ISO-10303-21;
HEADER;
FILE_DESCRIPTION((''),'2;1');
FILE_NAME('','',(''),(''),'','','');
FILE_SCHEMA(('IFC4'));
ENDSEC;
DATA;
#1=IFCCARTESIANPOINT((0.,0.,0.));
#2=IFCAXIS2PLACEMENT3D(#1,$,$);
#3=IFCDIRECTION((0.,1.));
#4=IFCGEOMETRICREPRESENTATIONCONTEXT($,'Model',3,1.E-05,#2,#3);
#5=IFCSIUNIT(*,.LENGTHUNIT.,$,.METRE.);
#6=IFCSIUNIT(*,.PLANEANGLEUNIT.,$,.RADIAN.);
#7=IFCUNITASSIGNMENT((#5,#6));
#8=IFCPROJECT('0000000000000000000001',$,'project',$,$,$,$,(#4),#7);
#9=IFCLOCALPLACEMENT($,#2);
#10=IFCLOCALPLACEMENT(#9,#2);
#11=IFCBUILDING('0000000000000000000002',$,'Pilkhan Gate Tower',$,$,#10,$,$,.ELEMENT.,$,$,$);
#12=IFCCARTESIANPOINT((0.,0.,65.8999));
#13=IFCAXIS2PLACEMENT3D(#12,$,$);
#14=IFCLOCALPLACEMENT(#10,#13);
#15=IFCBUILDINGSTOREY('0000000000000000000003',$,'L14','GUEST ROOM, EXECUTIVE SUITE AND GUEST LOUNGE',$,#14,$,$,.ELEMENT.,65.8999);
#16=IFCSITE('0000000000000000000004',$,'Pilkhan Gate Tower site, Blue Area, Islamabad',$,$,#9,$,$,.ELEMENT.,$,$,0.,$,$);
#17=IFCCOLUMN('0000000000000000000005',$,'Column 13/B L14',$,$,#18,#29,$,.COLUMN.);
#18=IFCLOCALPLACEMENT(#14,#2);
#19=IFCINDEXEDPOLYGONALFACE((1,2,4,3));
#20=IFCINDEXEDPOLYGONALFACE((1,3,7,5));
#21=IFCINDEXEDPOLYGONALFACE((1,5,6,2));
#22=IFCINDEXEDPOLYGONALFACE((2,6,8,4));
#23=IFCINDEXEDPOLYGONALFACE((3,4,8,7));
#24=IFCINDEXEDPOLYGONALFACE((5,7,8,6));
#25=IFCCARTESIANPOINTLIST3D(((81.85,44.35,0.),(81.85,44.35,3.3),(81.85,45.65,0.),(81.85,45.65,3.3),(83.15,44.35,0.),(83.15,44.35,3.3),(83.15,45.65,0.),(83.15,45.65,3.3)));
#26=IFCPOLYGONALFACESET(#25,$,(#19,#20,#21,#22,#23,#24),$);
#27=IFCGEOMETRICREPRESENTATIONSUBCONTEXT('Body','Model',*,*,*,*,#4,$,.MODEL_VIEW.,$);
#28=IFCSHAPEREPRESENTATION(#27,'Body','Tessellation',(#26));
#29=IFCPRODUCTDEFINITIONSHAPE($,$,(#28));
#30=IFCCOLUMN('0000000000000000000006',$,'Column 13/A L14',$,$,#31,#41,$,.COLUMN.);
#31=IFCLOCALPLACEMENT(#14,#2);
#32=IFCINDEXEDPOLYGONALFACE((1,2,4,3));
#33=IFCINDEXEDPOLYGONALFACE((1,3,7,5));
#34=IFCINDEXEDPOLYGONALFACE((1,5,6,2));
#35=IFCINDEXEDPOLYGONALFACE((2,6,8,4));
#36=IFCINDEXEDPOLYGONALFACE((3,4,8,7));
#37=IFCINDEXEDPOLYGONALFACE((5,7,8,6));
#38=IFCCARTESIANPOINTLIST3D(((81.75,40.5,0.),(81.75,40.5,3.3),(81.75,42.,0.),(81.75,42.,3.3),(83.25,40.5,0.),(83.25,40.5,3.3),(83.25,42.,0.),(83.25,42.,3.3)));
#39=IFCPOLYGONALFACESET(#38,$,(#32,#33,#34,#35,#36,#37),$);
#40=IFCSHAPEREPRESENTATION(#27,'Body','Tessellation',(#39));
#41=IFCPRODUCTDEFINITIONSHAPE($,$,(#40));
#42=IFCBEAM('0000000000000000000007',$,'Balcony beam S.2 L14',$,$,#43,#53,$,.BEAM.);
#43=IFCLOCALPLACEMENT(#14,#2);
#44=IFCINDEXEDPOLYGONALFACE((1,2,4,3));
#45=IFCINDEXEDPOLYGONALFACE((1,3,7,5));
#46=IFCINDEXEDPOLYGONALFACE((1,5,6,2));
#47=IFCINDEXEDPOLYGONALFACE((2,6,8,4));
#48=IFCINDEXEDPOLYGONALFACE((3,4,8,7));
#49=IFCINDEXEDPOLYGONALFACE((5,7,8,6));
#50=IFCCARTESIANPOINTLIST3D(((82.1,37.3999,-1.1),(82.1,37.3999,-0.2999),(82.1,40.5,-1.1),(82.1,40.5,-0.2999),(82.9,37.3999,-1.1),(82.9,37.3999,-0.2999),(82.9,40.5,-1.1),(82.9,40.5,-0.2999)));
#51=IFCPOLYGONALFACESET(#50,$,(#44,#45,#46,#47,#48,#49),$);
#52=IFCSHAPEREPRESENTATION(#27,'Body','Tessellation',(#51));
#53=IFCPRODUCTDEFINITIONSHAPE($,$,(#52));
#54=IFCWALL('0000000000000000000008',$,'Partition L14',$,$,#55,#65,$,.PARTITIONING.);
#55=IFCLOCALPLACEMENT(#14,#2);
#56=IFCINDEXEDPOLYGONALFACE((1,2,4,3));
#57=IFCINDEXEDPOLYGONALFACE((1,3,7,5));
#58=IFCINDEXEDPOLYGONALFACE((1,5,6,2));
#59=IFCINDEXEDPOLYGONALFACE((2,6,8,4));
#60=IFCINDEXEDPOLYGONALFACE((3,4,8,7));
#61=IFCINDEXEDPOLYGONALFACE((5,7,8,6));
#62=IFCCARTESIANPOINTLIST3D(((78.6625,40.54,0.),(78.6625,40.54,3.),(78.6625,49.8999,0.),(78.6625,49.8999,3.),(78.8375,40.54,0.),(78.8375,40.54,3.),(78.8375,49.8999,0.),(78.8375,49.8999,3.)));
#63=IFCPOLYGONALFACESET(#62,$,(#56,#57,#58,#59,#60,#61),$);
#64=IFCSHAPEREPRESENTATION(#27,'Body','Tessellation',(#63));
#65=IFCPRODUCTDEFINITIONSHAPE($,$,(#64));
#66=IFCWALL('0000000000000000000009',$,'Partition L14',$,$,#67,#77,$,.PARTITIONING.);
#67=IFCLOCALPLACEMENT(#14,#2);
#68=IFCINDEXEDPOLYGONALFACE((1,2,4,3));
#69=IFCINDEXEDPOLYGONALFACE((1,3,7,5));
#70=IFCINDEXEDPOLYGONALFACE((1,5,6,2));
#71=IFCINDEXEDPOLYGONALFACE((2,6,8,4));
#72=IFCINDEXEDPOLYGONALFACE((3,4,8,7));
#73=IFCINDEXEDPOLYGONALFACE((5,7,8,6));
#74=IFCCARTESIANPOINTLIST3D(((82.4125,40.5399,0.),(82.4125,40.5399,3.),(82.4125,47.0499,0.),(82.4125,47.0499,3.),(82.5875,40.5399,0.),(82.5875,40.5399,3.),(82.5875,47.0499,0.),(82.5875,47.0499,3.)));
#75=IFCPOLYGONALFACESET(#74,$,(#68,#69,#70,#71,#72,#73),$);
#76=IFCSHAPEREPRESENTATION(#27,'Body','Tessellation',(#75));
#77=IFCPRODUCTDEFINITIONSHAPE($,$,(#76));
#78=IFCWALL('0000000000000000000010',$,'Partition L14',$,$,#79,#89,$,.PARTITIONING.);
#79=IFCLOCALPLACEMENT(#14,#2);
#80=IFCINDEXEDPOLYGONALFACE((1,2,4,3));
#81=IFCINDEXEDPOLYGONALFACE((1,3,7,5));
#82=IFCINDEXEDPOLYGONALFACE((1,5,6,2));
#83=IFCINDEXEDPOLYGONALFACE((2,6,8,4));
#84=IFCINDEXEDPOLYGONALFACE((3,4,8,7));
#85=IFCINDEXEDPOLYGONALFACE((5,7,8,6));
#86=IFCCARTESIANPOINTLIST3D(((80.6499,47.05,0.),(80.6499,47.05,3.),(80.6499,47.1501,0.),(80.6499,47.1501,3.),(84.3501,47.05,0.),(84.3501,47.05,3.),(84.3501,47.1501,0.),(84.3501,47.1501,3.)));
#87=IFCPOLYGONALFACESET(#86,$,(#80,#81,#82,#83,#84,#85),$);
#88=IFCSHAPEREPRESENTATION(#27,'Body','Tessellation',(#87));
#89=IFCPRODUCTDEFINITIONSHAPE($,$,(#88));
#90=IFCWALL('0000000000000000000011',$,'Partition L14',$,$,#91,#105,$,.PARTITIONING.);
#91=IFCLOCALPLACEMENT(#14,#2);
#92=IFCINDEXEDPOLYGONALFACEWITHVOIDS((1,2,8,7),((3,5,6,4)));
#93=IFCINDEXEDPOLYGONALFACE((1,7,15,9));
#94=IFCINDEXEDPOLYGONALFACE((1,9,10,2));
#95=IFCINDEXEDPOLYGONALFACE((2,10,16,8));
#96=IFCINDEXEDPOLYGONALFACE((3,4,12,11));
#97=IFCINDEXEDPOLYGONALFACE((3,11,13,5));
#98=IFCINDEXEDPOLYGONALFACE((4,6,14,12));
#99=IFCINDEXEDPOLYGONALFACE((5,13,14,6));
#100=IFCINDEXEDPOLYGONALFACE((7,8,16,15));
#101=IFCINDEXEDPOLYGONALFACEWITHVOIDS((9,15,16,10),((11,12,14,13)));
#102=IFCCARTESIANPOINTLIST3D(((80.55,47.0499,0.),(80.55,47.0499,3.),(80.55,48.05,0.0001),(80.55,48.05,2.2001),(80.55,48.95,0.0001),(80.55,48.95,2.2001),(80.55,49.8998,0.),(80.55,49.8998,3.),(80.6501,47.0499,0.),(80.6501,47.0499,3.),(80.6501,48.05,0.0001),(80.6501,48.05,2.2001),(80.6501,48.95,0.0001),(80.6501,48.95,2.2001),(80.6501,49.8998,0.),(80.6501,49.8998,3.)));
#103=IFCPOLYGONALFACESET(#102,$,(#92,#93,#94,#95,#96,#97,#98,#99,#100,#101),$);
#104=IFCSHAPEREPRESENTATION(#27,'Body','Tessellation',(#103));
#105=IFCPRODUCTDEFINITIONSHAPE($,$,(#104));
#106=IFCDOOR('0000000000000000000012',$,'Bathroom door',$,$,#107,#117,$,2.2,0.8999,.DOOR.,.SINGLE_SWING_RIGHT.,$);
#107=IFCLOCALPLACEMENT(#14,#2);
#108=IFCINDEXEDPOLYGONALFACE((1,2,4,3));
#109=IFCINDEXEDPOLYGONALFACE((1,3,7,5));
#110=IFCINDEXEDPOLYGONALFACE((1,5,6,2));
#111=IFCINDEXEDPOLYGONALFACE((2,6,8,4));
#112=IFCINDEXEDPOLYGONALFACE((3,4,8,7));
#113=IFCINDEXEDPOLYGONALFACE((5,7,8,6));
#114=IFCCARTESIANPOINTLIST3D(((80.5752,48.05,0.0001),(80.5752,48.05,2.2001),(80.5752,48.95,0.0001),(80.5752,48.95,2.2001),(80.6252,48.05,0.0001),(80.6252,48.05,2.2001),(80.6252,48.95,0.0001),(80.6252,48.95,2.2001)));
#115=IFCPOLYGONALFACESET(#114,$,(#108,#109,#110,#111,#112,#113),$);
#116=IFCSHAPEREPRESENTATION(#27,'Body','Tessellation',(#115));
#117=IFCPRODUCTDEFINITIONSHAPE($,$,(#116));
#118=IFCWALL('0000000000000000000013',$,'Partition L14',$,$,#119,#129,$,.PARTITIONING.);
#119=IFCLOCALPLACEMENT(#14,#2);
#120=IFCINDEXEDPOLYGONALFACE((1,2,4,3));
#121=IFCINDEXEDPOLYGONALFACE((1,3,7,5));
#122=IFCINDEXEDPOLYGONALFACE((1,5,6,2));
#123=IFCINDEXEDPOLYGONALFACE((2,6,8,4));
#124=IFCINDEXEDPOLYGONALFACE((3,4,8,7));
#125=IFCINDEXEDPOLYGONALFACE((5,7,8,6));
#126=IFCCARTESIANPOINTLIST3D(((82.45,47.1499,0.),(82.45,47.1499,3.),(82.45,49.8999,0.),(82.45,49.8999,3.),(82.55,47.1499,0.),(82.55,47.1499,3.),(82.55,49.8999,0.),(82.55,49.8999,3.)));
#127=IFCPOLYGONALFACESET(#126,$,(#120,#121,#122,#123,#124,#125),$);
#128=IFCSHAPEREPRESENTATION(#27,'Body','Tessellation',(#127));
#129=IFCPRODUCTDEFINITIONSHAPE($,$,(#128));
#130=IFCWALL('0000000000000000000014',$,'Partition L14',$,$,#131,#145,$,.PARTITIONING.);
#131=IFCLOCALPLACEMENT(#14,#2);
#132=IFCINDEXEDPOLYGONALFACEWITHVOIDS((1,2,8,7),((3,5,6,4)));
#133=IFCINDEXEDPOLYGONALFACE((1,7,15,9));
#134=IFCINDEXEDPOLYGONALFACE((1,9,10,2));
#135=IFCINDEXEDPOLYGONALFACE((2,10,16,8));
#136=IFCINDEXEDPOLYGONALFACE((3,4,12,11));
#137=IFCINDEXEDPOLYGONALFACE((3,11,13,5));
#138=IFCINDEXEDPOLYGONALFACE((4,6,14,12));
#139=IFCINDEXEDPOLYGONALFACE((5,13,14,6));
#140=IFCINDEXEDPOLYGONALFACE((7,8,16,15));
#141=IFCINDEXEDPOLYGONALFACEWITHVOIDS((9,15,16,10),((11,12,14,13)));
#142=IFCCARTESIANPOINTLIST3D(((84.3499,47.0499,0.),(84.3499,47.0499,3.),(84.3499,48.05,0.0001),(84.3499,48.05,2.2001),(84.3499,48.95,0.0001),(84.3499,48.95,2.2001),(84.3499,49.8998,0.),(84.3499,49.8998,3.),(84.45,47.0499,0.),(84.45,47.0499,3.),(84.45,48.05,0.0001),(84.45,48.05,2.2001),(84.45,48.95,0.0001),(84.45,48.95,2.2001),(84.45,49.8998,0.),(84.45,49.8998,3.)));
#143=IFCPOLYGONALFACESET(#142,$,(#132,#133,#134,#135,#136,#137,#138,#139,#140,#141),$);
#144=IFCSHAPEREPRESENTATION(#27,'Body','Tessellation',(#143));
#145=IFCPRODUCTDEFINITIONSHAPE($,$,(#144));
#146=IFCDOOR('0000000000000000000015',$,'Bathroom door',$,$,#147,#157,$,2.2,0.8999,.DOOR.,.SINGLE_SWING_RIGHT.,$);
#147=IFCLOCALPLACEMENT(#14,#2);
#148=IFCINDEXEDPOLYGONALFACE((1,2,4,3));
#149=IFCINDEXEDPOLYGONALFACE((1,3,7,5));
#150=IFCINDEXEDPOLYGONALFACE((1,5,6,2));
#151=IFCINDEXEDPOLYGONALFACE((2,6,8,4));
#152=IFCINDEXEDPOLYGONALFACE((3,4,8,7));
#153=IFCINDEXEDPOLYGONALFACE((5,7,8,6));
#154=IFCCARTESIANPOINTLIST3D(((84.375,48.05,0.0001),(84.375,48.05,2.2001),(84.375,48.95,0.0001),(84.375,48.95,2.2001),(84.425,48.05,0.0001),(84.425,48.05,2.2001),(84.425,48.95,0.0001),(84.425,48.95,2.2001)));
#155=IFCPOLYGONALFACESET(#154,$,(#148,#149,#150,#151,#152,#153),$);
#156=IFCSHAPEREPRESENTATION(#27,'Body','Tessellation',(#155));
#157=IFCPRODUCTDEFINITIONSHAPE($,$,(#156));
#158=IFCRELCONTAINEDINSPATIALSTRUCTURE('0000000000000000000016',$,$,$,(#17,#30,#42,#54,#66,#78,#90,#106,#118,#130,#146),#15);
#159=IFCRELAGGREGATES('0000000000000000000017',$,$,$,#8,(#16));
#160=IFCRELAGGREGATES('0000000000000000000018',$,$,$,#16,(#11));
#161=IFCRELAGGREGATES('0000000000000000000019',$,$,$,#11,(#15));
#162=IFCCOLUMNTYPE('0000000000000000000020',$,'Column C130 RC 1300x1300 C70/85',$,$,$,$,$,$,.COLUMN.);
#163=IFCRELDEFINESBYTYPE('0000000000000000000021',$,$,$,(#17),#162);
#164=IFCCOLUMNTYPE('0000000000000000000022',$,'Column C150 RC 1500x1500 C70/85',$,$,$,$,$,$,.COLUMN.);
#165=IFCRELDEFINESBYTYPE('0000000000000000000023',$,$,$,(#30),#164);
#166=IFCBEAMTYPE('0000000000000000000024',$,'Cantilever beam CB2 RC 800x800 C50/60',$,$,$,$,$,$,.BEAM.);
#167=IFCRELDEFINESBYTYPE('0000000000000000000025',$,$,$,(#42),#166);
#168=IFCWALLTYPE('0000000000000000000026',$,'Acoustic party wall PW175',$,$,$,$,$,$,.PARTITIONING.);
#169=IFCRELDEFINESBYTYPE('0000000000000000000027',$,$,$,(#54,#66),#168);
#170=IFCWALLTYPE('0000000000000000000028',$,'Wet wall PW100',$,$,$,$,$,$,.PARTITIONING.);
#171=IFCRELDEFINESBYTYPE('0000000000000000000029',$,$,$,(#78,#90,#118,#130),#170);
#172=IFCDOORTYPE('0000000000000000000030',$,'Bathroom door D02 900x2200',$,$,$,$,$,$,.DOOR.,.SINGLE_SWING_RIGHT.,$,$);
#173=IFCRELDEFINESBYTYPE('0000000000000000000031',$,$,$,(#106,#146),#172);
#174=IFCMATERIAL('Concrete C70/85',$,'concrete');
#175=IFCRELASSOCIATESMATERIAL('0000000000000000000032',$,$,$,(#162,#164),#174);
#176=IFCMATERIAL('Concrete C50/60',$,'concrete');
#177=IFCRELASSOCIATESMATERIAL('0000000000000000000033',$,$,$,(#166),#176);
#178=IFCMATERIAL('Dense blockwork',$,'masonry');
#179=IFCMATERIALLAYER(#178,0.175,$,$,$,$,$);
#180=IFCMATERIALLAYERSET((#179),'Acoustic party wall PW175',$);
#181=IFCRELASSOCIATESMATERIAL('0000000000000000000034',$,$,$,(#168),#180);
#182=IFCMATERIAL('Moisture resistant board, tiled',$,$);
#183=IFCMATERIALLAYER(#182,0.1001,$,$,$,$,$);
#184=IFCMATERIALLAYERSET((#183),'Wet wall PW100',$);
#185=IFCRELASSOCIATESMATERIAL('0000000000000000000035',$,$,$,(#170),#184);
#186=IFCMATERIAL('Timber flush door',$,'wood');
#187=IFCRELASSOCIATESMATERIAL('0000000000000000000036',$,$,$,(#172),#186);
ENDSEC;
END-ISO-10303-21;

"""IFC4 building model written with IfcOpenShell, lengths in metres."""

from ifc_helpers import new_model, si_unit, direction, frame, frame_2d, origin, origin_2d, place, context, subcontext, project, spatial, rectangle, extrude, material, layer, layer_set, material_profile, profile_set, type_object, element, fill, save


model = new_model("IFC4")

# Units and contexts
model_context = context("Model", 3, precision=1e-05, world=origin(), true_north=direction((0.0, 1.0)))
body_context = subcontext(model_context, "Body", "Model", "MODEL_VIEW")
ifc_project = project(units=[si_unit("LENGTHUNIT", "METRE"), si_unit("PLANEANGLEUNIT", "RADIAN")], contexts=[model_context])

# Site, building, storey
site_placement = place(None, origin())
site = spatial("IfcSite", under=ifc_project, at=site_placement, Name="Pilkhan Gate Tower site, Blue Area, Islamabad", CompositionType="ELEMENT", RefElevation=0.0)
building_placement = place(site_placement, origin())
building = spatial("IfcBuilding", under=site, at=building_placement, Name="Pilkhan Gate Tower", CompositionType="ELEMENT")
storey_placement = place(building_placement, frame((0.0, 0.0, 65.8999)))
storey = spatial("IfcBuildingStorey", under=building, at=storey_placement, Name="L14", Description="GUEST ROOM, EXECUTIVE SUITE AND GUEST LOUNGE", CompositionType="ELEMENT", Elevation=65.8999)

# Columns
ifc_material_1 = material(Name="Concrete C70/85", Category="concrete")
ifc_material_profile_1 = material_profile(ifc_material_1, rectangle(XDim=1.3, YDim=1.3, at=origin_2d()), Name="RC 1300x1300")
ifc_profile_set_1 = profile_set([ifc_material_profile_1], Name="Concrete C70/85")
column_type_1 = type_object("IfcColumnType", Name="Column C130 RC 1300x1300 C70/85", PredefinedType="COLUMN", material=ifc_profile_set_1)
column_1_placement = place(storey_placement, frame((82.5, 45.0, 0.0), z_axis=(0.0, 0.0, 1.0), x_axis=(1.0, 0.0, 0.0)))
element("IfcColumn", 1, at=column_1_placement, inside=storey, type_object=column_type_1, Name="Column 13/B L14", PredefinedType="COLUMN", context=body_context, shape_type="SweptSolid", body=[
    extrude(rectangle(XDim=1.3, YDim=1.3, at=origin_2d()), origin(), (0.0, 0.0, 1.0), 3.3),
])
ifc_material_profile_2 = material_profile(ifc_material_1, rectangle(XDim=1.5, YDim=1.5, at=origin_2d()), Name="RC 1500x1500")
ifc_profile_set_2 = profile_set([ifc_material_profile_2], Name="Concrete C70/85")
column_type_2 = type_object("IfcColumnType", Name="Column C150 RC 1500x1500 C70/85", PredefinedType="COLUMN", material=ifc_profile_set_2)
column_2_placement = place(storey_placement, frame((82.5, 41.25, 0.0), z_axis=(0.0, 0.0, 1.0), x_axis=(1.0, 0.0, 0.0)))
element("IfcColumn", 2, at=column_2_placement, inside=storey, type_object=column_type_2, Name="Column 13/A L14", PredefinedType="COLUMN", context=body_context, shape_type="SweptSolid", body=[
    extrude(rectangle(XDim=1.5, YDim=1.5, at=origin_2d()), origin(), (0.0, 0.0, 1.0), 3.3),
])

# Beam
ifc_material_2 = material(Name="Concrete C50/60", Category="concrete")
ifc_material_profile_3 = material_profile(ifc_material_2, rectangle(XDim=0.8, YDim=0.8, at=origin_2d()), Name="RC 800x800")
ifc_profile_set_3 = profile_set([ifc_material_profile_3], Name="Concrete C50/60")
beam_type = type_object("IfcBeamType", Name="Cantilever beam CB2 RC 800x800 C50/60", PredefinedType="BEAM", material=ifc_profile_set_3)
beam_placement = place(storey_placement, frame((82.5, 40.5, -0.7), z_axis=(0.0, -1.0, 0.0), x_axis=(1.0, 0.0, 0.0)))
element("IfcBeam", 3, at=beam_placement, inside=storey, type_object=beam_type, Name="Balcony beam S.2 L14", PredefinedType="BEAM", context=body_context, shape_type="SweptSolid", body=[
    extrude(rectangle(XDim=0.8, YDim=0.8, at=origin_2d()), origin(), (0.0, 0.0, 1.0), 3.1001),
])

# Walls
ifc_material_3 = material(Name="Dense blockwork", Category="masonry")
ifc_layer_1 = layer(ifc_material_3, 0.175)
ifc_layer_set_1 = layer_set([ifc_layer_1], Name="Acoustic party wall PW175")
wall_type_1 = type_object("IfcWallType", Name="Acoustic party wall PW175", PredefinedType="PARTITIONING", material=ifc_layer_set_1)
wall_1_placement = place(storey_placement, frame((78.75, 40.54, 0.0), z_axis=(0.0, 0.0, 1.0), x_axis=(0.0, 1.0, 0.0)))
element("IfcWall", 4, at=wall_1_placement, inside=storey, type_object=wall_type_1, Name="Partition L14", PredefinedType="PARTITIONING", context=body_context, shape_type="SweptSolid", body=[
    extrude(rectangle(XDim=9.3599, YDim=0.175, at=frame_2d((4.6799, 0.0))), origin(), (0.0, 0.0, 1.0), 3.0),
])
wall_2_placement = place(storey_placement, frame((82.5, 40.54, 0.0), z_axis=(0.0, 0.0, 1.0), x_axis=(0.0, 1.0, 0.0)))
element("IfcWall", 5, at=wall_2_placement, inside=storey, type_object=wall_type_1, Name="Partition L14", PredefinedType="PARTITIONING", context=body_context, shape_type="SweptSolid", body=[
    extrude(rectangle(XDim=6.51, YDim=0.175, at=frame_2d((3.2549, 0.0))), origin(), (0.0, 0.0, 1.0), 3.0),
])

# Wall
ifc_material_4 = material(Name="Moisture resistant board, tiled")
ifc_layer_2 = layer(ifc_material_4, 0.1001)
ifc_layer_set_2 = layer_set([ifc_layer_2], Name="Wet wall PW100")
wall_type_2 = type_object("IfcWallType", Name="Wet wall PW100", PredefinedType="PARTITIONING", material=ifc_layer_set_2)
wall_3_placement = place(storey_placement, frame((80.6499, 47.1001, 0.0), z_axis=(0.0, 0.0, 1.0), x_axis=(1.0, 0.0, 0.0)))
element("IfcWall", 6, at=wall_3_placement, inside=storey, type_object=wall_type_2, Name="Partition L14", PredefinedType="PARTITIONING", context=body_context, shape_type="SweptSolid", body=[
    extrude(rectangle(XDim=3.7002, YDim=0.1001, at=frame_2d((1.8501, 0.0))), origin(), (0.0, 0.0, 1.0), 3.0),
])

# Wall, opening, door
wall_4_placement = place(storey_placement, frame((80.6001, 47.05, 0.0), z_axis=(0.0, 0.0, 1.0), x_axis=(0.0, 1.0, 0.0)))
wall_4 = element("IfcWall", 7, at=wall_4_placement, inside=storey, type_object=wall_type_2, Name="Partition L14", PredefinedType="PARTITIONING", context=body_context, shape_type="SweptSolid", body=[
    extrude(rectangle(XDim=2.8499, YDim=0.1001, at=frame_2d((1.4248, 0.0))), origin(), (0.0, 0.0, 1.0), 3.0),
])
opening_1_placement = place(wall_4_placement, frame((1.0, 0.0, 0.0)))
opening_1 = element("IfcOpeningElement", 8, at=opening_1_placement, cuts=wall_4, PredefinedType="OPENING", context=body_context, shape_type="SweptSolid", body=[
    extrude(rectangle(XDim=0.8999, YDim=2.2, at=frame_2d((0.45, 1.1001))), frame((0.0, 0.0601, 0.0), z_axis=(0.0, -1.0, 0.0), x_axis=(1.0, 0.0, 0.0)), (0.0, 0.0, 1.0), 0.1201),
])
ifc_material_5 = material(Name="Timber flush door", Category="wood")
door_type_1 = type_object("IfcDoorType", Name="Bathroom door D02 900x2200", OperationType="SINGLE_SWING_RIGHT", PredefinedType="DOOR", material=ifc_material_5)
door_1_placement = place(opening_1_placement, origin())
door_1 = element("IfcDoor", 9, at=door_1_placement, inside=storey, type_object=door_type_1, Name="Bathroom door", OperationType="SINGLE_SWING_RIGHT", OverallHeight=2.2, OverallWidth=0.8999, PredefinedType="DOOR", context=body_context, shape_type="SweptSolid", body=[
    extrude(rectangle(XDim=0.8999, YDim=2.2, at=frame_2d((0.45, 1.1001))), frame((0.0, 0.0249, 0.0), z_axis=(0.0, -1.0, 0.0), x_axis=(1.0, 0.0, 0.0)), (0.0, 0.0, 1.0), 0.05),
])
fill(opening_1, door_1)

# Wall
wall_5_placement = place(storey_placement, frame((82.5, 47.1499, 0.0), z_axis=(0.0, 0.0, 1.0), x_axis=(0.0, 1.0, 0.0)))
element("IfcWall", 10, at=wall_5_placement, inside=storey, type_object=wall_type_2, Name="Partition L14", PredefinedType="PARTITIONING", context=body_context, shape_type="SweptSolid", body=[
    extrude(rectangle(XDim=2.75, YDim=0.1001, at=frame_2d((1.375, 0.0))), origin(), (0.0, 0.0, 1.0), 3.0),
])

# Wall, opening, door
wall_6_placement = place(storey_placement, frame((84.3999, 47.05, 0.0), z_axis=(0.0, 0.0, 1.0), x_axis=(0.0, 1.0, 0.0)))
wall_6 = element("IfcWall", 11, at=wall_6_placement, inside=storey, type_object=wall_type_2, Name="Partition L14", PredefinedType="PARTITIONING", context=body_context, shape_type="SweptSolid", body=[
    extrude(rectangle(XDim=2.8499, YDim=0.1001, at=frame_2d((1.4248, 0.0))), origin(), (0.0, 0.0, 1.0), 3.0),
])
opening_2_placement = place(wall_6_placement, frame((1.0, 0.0, 0.0)))
opening_2 = element("IfcOpeningElement", 12, at=opening_2_placement, cuts=wall_6, PredefinedType="OPENING", context=body_context, shape_type="SweptSolid", body=[
    extrude(rectangle(XDim=0.8999, YDim=2.2, at=frame_2d((0.45, 1.1001))), frame((0.0, 0.0601, 0.0), z_axis=(0.0, -1.0, 0.0), x_axis=(1.0, 0.0, 0.0)), (0.0, 0.0, 1.0), 0.1201),
])
door_2_placement = place(opening_2_placement, origin())
door_2 = element("IfcDoor", 13, at=door_2_placement, inside=storey, type_object=door_type_1, Name="Bathroom door", OperationType="SINGLE_SWING_RIGHT", OverallHeight=2.2, OverallWidth=0.8999, PredefinedType="DOOR", context=body_context, shape_type="SweptSolid", body=[
    extrude(rectangle(XDim=0.8999, YDim=2.2, at=frame_2d((0.45, 1.1001))), frame((0.0, 0.0249, 0.0), z_axis=(0.0, -1.0, 0.0), x_axis=(1.0, 0.0, 0.0)), (0.0, 0.0, 1.0), 0.05),
])
fill(opening_2, door_2)

save(model, "model.ifc")
